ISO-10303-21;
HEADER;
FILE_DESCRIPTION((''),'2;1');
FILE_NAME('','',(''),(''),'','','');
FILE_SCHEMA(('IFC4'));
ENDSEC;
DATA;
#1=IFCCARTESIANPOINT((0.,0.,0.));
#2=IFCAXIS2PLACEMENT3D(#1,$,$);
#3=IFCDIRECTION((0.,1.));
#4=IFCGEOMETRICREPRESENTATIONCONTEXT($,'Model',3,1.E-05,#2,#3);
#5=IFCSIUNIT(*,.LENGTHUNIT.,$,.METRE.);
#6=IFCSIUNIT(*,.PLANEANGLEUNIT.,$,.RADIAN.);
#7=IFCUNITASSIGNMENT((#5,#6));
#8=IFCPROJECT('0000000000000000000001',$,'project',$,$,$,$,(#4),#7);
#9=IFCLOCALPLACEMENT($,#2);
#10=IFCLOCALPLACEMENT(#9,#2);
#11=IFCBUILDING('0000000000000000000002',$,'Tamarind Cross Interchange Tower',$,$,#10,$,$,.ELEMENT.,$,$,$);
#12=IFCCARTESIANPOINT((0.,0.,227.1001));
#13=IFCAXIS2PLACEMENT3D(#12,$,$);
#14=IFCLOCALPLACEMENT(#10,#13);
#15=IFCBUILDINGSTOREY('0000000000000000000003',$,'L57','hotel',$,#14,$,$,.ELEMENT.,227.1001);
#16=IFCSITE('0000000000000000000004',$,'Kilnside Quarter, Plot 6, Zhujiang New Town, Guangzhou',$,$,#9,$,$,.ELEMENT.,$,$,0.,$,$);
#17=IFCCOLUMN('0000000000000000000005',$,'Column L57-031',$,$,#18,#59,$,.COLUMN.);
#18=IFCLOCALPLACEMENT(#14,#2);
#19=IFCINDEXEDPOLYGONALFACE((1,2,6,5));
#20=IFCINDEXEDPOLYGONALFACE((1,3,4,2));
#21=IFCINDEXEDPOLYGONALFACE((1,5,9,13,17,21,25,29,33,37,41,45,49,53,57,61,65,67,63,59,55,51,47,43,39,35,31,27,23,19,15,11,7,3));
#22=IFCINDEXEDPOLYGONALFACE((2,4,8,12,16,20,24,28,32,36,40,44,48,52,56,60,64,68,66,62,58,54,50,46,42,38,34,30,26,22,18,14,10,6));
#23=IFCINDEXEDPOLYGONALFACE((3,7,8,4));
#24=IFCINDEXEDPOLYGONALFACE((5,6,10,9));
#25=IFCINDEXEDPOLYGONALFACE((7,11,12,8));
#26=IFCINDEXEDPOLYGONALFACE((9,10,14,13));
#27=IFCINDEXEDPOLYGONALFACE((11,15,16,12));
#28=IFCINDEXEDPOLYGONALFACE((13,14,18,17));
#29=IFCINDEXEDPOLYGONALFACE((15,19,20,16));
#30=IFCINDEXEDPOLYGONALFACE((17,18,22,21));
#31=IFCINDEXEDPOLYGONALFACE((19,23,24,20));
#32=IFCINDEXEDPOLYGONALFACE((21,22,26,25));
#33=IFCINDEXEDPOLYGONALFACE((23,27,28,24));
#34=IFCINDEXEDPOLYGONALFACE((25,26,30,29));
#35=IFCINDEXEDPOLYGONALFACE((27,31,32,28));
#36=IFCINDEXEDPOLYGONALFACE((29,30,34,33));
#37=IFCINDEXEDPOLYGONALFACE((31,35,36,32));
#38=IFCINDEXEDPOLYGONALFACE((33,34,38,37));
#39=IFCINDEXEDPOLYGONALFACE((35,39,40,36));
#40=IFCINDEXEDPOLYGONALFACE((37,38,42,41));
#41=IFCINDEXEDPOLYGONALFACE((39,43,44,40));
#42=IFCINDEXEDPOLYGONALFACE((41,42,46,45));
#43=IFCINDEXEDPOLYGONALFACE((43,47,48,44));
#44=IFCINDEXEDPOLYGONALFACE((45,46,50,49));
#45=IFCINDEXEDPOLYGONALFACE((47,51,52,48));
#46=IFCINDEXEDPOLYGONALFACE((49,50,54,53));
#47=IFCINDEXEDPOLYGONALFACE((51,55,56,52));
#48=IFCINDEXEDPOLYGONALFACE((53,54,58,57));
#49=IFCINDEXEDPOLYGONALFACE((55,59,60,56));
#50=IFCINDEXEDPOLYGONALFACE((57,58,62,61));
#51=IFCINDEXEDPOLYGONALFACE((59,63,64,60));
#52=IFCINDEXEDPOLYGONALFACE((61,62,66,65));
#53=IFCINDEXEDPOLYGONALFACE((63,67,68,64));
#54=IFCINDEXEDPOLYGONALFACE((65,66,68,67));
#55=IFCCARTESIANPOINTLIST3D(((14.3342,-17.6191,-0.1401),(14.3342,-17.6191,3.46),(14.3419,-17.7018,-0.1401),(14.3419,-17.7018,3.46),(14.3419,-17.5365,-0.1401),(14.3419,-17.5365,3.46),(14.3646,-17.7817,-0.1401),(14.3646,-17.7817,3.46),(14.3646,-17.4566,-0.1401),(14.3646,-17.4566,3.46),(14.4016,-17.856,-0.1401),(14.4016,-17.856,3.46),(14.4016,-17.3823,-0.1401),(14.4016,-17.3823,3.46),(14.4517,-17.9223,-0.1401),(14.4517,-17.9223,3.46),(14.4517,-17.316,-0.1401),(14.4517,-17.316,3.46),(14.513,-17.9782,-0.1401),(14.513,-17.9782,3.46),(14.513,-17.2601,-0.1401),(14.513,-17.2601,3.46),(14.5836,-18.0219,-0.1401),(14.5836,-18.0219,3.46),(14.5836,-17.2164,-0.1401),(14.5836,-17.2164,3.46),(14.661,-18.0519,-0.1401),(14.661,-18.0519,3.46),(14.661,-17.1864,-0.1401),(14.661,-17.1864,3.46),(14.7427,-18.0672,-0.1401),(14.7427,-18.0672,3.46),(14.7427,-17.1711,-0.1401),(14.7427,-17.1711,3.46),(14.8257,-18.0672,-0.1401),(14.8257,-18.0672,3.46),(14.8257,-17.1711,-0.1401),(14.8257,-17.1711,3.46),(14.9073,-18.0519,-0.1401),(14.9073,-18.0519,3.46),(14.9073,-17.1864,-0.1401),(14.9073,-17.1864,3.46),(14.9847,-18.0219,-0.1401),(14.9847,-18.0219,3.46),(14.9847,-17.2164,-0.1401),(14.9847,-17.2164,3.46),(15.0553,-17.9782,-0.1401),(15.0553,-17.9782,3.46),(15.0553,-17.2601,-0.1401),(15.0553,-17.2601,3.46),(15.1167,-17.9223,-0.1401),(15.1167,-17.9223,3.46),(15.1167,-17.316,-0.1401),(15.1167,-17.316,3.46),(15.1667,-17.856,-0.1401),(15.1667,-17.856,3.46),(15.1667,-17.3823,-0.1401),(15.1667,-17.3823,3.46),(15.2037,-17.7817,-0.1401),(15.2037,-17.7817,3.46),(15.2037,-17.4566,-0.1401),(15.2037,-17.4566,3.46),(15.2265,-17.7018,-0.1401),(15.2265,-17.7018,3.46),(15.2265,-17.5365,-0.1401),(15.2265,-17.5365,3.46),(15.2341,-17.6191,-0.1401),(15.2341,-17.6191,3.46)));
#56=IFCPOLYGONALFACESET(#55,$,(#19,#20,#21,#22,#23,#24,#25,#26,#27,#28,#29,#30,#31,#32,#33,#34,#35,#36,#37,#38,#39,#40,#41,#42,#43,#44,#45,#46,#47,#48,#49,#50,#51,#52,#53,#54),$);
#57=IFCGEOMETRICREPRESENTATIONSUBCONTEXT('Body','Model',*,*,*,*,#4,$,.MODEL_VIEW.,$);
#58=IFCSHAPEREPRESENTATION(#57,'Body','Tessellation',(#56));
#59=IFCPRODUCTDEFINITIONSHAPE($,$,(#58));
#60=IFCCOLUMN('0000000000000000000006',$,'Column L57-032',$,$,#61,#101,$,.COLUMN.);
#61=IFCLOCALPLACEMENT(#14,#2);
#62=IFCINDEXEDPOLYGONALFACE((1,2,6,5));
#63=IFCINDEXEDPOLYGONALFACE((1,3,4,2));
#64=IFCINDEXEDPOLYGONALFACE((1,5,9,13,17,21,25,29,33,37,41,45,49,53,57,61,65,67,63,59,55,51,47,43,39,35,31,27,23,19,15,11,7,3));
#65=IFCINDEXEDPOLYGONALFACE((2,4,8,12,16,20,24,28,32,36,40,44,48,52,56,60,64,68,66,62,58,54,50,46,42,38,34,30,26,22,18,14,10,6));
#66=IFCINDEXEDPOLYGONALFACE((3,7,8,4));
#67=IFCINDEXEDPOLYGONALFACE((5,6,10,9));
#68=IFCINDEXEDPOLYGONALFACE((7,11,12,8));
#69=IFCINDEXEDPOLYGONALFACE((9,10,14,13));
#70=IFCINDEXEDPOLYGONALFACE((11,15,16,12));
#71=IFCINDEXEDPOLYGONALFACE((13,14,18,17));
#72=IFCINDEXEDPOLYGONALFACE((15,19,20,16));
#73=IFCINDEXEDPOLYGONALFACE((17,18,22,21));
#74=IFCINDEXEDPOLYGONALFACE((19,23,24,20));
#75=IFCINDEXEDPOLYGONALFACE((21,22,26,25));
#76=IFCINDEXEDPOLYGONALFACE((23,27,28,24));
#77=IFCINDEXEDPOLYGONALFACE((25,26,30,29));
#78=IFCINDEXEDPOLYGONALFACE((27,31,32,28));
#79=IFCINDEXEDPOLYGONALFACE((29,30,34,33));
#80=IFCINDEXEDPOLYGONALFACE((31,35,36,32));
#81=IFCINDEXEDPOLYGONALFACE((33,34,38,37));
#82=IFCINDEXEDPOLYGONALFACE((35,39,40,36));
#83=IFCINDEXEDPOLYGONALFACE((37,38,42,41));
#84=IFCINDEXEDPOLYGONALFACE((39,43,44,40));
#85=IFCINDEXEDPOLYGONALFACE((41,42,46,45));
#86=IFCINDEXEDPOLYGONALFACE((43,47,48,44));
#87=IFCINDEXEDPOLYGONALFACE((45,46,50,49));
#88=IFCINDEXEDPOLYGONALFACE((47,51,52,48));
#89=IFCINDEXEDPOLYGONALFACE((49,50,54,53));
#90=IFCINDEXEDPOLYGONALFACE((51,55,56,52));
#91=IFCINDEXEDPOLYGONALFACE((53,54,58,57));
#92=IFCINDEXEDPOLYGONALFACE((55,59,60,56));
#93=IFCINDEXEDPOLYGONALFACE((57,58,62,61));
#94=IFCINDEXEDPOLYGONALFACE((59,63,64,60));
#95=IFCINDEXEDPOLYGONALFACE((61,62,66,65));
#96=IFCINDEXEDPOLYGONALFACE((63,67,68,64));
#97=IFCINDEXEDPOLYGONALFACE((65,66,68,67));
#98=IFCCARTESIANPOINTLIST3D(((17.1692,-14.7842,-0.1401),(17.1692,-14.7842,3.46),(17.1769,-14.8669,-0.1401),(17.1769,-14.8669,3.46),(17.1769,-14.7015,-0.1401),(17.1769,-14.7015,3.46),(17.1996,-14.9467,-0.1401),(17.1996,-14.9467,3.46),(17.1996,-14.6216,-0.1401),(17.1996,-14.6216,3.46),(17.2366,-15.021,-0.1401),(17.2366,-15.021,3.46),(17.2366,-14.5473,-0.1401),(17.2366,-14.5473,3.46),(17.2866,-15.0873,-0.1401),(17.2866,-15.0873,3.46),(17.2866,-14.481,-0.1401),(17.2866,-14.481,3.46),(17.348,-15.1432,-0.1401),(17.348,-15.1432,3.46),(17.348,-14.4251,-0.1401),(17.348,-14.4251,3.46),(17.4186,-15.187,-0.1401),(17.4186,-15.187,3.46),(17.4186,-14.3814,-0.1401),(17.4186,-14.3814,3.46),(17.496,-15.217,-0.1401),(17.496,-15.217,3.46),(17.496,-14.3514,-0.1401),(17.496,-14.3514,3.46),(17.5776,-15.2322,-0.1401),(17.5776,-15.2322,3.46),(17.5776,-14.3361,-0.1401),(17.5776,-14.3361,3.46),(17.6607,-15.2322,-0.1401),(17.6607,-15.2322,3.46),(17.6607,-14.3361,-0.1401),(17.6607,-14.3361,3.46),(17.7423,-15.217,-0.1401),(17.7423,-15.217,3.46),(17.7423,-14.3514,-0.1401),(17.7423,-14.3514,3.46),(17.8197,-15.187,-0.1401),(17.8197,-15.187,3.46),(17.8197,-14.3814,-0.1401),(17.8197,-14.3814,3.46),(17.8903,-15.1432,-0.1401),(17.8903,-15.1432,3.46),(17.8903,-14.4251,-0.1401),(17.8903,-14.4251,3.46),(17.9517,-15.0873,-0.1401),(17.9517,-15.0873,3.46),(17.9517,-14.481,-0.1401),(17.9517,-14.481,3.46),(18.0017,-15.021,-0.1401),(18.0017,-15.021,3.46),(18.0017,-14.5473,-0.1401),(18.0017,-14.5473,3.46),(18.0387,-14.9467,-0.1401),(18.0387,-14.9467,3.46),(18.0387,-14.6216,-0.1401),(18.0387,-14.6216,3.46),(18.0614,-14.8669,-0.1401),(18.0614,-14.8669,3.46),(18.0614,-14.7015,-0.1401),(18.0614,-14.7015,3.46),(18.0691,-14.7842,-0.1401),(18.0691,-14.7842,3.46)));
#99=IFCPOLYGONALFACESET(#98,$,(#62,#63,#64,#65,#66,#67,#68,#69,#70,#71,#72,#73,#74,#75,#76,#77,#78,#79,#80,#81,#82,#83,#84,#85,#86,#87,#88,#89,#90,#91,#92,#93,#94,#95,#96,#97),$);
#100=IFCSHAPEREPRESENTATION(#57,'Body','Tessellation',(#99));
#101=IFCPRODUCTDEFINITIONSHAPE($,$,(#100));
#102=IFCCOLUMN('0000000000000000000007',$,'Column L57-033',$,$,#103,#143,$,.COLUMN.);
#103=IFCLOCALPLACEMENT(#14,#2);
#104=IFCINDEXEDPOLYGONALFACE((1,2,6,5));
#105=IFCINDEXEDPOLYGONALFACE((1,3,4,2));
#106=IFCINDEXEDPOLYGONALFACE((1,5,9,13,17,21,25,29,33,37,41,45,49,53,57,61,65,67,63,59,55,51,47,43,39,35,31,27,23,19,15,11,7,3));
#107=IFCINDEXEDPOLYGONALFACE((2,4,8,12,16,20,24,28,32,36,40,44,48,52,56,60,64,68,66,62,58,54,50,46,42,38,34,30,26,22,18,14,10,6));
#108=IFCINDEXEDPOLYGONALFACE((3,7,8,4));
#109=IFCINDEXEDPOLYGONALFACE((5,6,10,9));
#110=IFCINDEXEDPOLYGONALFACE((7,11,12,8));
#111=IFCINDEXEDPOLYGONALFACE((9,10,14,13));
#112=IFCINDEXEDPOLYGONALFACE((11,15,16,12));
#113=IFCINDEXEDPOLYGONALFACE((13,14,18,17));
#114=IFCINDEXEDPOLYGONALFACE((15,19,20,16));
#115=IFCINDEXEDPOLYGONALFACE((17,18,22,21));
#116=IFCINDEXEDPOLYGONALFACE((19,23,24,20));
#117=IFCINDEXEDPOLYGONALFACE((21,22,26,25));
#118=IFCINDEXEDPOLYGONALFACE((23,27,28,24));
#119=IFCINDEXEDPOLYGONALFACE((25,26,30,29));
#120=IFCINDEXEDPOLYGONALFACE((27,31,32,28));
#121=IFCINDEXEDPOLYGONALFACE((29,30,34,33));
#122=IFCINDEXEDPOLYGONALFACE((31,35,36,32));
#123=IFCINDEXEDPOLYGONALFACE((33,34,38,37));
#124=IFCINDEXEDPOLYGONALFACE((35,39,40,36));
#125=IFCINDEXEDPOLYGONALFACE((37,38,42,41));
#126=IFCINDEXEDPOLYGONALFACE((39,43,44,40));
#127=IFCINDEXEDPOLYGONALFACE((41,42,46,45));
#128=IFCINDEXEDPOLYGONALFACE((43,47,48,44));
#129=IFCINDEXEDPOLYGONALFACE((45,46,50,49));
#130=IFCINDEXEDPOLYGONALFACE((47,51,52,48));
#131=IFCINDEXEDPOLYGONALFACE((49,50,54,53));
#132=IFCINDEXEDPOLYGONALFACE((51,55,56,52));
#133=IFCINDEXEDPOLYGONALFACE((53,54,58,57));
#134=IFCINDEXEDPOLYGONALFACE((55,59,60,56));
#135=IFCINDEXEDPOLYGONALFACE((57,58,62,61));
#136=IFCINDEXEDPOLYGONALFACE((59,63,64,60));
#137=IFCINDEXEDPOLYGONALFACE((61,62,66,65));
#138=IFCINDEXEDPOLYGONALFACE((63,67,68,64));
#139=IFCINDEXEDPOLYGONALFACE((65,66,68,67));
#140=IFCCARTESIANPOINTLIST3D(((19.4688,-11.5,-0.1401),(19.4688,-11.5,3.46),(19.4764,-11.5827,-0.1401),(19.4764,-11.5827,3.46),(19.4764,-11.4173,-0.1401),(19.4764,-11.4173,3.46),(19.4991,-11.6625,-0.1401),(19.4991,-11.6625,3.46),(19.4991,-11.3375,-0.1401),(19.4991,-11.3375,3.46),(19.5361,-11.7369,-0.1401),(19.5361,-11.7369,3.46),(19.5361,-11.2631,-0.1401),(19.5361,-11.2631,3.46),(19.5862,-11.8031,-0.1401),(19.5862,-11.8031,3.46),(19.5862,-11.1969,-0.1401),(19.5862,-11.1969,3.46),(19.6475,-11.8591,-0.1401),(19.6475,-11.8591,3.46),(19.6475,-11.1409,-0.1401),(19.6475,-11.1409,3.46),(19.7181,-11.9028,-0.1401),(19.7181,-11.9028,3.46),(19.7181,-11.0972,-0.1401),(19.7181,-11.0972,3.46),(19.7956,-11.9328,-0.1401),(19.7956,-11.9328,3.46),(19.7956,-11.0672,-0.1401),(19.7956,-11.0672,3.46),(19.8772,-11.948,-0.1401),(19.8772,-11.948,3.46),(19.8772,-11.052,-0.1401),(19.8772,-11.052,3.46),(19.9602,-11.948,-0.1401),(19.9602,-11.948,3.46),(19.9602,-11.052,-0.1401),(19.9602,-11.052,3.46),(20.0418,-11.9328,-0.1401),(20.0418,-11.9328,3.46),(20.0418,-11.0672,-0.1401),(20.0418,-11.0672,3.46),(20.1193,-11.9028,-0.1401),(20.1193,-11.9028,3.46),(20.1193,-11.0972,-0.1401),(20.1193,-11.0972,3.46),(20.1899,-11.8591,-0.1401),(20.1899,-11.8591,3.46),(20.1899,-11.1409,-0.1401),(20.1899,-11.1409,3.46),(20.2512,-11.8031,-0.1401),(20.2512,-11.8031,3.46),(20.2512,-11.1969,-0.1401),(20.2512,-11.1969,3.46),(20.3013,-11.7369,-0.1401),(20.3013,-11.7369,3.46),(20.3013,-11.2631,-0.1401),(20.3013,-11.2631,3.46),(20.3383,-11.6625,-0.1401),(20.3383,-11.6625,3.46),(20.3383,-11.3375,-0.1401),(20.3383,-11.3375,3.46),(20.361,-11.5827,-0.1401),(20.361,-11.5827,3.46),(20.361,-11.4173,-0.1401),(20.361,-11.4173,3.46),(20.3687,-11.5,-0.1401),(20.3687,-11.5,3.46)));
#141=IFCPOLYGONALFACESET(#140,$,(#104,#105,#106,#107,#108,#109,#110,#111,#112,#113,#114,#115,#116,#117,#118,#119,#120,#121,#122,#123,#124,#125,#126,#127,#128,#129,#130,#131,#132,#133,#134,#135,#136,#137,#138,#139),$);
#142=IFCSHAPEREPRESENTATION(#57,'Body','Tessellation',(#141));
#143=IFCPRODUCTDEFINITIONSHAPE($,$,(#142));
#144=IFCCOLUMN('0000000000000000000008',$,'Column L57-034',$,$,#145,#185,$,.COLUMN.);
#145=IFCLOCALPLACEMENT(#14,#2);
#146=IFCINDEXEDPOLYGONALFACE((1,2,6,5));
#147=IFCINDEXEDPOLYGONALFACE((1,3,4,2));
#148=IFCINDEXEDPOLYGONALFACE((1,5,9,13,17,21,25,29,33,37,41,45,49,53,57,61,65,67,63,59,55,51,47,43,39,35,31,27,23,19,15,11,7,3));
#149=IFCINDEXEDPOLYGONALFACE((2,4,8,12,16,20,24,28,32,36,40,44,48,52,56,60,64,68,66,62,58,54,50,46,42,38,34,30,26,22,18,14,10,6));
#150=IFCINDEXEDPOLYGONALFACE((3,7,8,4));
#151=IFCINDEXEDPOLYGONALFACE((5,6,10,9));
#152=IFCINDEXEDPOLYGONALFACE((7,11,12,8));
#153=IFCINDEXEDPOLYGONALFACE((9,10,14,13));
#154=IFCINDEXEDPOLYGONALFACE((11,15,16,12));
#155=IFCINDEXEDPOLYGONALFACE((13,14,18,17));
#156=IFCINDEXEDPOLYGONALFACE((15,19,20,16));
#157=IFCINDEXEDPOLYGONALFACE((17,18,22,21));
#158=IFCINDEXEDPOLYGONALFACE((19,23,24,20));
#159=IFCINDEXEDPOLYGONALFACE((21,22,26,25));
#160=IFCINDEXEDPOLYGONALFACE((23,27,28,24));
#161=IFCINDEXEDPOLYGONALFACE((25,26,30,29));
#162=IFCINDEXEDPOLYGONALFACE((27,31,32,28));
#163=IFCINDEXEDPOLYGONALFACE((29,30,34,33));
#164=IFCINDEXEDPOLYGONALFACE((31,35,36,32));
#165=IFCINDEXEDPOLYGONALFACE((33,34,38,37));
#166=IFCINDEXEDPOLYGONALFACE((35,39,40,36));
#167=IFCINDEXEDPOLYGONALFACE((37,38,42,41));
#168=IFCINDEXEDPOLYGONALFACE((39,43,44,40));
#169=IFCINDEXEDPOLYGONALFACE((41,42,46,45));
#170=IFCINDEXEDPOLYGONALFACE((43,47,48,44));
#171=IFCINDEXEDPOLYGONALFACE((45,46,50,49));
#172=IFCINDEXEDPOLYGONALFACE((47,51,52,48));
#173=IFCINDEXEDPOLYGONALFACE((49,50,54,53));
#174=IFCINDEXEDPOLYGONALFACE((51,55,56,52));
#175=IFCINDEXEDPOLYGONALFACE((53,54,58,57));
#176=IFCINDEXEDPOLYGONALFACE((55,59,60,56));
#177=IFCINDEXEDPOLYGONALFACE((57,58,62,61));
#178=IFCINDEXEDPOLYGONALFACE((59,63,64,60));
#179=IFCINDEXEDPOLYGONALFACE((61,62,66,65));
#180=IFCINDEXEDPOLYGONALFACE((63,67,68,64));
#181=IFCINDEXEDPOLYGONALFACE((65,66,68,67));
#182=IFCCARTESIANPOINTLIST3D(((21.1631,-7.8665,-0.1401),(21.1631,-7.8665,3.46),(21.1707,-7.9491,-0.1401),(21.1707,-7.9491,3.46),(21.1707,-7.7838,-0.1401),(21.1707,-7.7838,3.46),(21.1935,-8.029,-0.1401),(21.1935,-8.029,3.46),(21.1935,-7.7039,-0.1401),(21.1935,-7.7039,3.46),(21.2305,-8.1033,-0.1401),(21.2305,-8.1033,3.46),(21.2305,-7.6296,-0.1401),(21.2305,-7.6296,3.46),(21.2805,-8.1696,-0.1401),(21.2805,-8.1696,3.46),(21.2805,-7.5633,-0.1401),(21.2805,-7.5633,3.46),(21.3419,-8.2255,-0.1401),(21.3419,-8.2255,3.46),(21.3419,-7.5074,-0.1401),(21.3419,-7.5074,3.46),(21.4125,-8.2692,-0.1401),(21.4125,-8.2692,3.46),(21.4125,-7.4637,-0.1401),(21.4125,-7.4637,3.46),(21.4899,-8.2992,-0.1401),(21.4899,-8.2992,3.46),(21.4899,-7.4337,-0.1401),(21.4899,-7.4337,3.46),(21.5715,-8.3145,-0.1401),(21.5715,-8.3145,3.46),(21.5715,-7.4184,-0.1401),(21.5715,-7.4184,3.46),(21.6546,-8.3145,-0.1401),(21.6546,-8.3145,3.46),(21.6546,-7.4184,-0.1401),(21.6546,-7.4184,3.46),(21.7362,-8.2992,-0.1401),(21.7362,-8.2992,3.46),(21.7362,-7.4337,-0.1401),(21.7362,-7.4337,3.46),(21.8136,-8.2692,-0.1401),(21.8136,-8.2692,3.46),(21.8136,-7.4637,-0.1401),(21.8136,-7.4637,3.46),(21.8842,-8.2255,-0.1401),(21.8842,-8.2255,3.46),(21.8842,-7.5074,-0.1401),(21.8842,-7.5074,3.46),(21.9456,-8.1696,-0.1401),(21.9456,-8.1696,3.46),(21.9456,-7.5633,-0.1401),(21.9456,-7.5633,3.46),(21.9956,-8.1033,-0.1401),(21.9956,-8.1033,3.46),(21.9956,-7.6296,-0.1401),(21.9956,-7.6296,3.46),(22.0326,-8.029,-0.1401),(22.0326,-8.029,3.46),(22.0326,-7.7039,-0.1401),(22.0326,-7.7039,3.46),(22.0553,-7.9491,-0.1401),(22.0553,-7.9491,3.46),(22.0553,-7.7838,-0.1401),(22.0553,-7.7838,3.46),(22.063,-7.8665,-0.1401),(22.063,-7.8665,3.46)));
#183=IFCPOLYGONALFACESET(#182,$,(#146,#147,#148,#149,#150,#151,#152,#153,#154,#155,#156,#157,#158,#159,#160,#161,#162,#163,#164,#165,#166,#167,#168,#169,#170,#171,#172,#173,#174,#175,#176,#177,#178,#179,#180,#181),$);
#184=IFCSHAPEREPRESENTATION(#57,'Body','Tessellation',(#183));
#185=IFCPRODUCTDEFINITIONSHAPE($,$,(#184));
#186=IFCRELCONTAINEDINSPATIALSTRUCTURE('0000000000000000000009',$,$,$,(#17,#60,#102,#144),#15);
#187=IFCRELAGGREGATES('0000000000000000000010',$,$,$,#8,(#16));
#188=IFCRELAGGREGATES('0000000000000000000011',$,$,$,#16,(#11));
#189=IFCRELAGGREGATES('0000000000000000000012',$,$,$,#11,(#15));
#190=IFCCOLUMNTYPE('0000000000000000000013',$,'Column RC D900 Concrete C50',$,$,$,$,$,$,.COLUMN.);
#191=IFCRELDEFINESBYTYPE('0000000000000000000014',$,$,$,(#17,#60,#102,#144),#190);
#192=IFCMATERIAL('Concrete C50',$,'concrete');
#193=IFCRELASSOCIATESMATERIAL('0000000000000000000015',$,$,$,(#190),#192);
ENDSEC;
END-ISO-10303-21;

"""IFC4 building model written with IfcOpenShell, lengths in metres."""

from ifc_helpers import new_model, si_unit, direction, frame, origin, origin_2d, place, context, subcontext, project, spatial, circle, extrude, material, material_profile, profile_set, type_object, element, save


model = new_model("IFC4")

# Units and contexts
model_context = context("Model", 3, precision=1e-05, world=origin(), true_north=direction((0.0, 1.0)))
body_context = subcontext(model_context, "Body", "Model", "MODEL_VIEW")
ifc_project = project(units=[si_unit("LENGTHUNIT", "METRE"), si_unit("PLANEANGLEUNIT", "RADIAN")], contexts=[model_context])

# Site, building, storey
site_placement = place(None, origin())
site = spatial("IfcSite", under=ifc_project, at=site_placement, Name="Kilnside Quarter, Plot 6, Zhujiang New Town, Guangzhou", CompositionType="ELEMENT", RefElevation=0.0)
building_placement = place(site_placement, origin())
building = spatial("IfcBuilding", under=site, at=building_placement, Name="Tamarind Cross Interchange Tower", CompositionType="ELEMENT")
storey_placement = place(building_placement, frame((0.0, 0.0, 227.1001)))
storey = spatial("IfcBuildingStorey", under=building, at=storey_placement, Name="L57", Description="hotel", CompositionType="ELEMENT", Elevation=227.1001)

# Columns
ifc_material_1 = material(Name="Concrete C50", Category="concrete")
ifc_material_profile_1 = material_profile(ifc_material_1, circle(Radius=0.45, at=origin_2d()), Name="RC D900")
ifc_profile_set_1 = profile_set([ifc_material_profile_1], Name="Concrete C50")
column_type = type_object("IfcColumnType", Name="Column RC D900 Concrete C50", PredefinedType="COLUMN", material=ifc_profile_set_1)
for number, where, z_axis, x_axis, name in (
    (1, (14.7842, -17.6191, -0.1401), (0.0, 0.0, 1.0), (1.0, 0.0, 0.0), "Column L57-031"),
    (2, (17.6191, -14.7842, -0.1401), (0.0, 0.0, 1.0), (1.0, 0.0, 0.0), "Column L57-032"),
    (3, (19.9187, -11.5, -0.1401), (0.0, 0.0, 1.0), (1.0, 0.0, 0.0), "Column L57-033"),
    (4, (21.613, -7.8665, -0.1401), (0.0, 0.0, 1.0), (1.0, 0.0, 0.0), "Column L57-034"),
):
    element("IfcColumn", number, at=place(storey_placement, frame(where, z_axis=z_axis, x_axis=x_axis)), inside=storey, type_object=column_type, Name=name, PredefinedType="COLUMN", context=body_context, shape_type="SweptSolid", body=[
        extrude(circle(Radius=0.45, at=origin_2d()), origin(), (0.0, 0.0, 1.0), 3.6001),
    ])

save(model, "model.ifc")
